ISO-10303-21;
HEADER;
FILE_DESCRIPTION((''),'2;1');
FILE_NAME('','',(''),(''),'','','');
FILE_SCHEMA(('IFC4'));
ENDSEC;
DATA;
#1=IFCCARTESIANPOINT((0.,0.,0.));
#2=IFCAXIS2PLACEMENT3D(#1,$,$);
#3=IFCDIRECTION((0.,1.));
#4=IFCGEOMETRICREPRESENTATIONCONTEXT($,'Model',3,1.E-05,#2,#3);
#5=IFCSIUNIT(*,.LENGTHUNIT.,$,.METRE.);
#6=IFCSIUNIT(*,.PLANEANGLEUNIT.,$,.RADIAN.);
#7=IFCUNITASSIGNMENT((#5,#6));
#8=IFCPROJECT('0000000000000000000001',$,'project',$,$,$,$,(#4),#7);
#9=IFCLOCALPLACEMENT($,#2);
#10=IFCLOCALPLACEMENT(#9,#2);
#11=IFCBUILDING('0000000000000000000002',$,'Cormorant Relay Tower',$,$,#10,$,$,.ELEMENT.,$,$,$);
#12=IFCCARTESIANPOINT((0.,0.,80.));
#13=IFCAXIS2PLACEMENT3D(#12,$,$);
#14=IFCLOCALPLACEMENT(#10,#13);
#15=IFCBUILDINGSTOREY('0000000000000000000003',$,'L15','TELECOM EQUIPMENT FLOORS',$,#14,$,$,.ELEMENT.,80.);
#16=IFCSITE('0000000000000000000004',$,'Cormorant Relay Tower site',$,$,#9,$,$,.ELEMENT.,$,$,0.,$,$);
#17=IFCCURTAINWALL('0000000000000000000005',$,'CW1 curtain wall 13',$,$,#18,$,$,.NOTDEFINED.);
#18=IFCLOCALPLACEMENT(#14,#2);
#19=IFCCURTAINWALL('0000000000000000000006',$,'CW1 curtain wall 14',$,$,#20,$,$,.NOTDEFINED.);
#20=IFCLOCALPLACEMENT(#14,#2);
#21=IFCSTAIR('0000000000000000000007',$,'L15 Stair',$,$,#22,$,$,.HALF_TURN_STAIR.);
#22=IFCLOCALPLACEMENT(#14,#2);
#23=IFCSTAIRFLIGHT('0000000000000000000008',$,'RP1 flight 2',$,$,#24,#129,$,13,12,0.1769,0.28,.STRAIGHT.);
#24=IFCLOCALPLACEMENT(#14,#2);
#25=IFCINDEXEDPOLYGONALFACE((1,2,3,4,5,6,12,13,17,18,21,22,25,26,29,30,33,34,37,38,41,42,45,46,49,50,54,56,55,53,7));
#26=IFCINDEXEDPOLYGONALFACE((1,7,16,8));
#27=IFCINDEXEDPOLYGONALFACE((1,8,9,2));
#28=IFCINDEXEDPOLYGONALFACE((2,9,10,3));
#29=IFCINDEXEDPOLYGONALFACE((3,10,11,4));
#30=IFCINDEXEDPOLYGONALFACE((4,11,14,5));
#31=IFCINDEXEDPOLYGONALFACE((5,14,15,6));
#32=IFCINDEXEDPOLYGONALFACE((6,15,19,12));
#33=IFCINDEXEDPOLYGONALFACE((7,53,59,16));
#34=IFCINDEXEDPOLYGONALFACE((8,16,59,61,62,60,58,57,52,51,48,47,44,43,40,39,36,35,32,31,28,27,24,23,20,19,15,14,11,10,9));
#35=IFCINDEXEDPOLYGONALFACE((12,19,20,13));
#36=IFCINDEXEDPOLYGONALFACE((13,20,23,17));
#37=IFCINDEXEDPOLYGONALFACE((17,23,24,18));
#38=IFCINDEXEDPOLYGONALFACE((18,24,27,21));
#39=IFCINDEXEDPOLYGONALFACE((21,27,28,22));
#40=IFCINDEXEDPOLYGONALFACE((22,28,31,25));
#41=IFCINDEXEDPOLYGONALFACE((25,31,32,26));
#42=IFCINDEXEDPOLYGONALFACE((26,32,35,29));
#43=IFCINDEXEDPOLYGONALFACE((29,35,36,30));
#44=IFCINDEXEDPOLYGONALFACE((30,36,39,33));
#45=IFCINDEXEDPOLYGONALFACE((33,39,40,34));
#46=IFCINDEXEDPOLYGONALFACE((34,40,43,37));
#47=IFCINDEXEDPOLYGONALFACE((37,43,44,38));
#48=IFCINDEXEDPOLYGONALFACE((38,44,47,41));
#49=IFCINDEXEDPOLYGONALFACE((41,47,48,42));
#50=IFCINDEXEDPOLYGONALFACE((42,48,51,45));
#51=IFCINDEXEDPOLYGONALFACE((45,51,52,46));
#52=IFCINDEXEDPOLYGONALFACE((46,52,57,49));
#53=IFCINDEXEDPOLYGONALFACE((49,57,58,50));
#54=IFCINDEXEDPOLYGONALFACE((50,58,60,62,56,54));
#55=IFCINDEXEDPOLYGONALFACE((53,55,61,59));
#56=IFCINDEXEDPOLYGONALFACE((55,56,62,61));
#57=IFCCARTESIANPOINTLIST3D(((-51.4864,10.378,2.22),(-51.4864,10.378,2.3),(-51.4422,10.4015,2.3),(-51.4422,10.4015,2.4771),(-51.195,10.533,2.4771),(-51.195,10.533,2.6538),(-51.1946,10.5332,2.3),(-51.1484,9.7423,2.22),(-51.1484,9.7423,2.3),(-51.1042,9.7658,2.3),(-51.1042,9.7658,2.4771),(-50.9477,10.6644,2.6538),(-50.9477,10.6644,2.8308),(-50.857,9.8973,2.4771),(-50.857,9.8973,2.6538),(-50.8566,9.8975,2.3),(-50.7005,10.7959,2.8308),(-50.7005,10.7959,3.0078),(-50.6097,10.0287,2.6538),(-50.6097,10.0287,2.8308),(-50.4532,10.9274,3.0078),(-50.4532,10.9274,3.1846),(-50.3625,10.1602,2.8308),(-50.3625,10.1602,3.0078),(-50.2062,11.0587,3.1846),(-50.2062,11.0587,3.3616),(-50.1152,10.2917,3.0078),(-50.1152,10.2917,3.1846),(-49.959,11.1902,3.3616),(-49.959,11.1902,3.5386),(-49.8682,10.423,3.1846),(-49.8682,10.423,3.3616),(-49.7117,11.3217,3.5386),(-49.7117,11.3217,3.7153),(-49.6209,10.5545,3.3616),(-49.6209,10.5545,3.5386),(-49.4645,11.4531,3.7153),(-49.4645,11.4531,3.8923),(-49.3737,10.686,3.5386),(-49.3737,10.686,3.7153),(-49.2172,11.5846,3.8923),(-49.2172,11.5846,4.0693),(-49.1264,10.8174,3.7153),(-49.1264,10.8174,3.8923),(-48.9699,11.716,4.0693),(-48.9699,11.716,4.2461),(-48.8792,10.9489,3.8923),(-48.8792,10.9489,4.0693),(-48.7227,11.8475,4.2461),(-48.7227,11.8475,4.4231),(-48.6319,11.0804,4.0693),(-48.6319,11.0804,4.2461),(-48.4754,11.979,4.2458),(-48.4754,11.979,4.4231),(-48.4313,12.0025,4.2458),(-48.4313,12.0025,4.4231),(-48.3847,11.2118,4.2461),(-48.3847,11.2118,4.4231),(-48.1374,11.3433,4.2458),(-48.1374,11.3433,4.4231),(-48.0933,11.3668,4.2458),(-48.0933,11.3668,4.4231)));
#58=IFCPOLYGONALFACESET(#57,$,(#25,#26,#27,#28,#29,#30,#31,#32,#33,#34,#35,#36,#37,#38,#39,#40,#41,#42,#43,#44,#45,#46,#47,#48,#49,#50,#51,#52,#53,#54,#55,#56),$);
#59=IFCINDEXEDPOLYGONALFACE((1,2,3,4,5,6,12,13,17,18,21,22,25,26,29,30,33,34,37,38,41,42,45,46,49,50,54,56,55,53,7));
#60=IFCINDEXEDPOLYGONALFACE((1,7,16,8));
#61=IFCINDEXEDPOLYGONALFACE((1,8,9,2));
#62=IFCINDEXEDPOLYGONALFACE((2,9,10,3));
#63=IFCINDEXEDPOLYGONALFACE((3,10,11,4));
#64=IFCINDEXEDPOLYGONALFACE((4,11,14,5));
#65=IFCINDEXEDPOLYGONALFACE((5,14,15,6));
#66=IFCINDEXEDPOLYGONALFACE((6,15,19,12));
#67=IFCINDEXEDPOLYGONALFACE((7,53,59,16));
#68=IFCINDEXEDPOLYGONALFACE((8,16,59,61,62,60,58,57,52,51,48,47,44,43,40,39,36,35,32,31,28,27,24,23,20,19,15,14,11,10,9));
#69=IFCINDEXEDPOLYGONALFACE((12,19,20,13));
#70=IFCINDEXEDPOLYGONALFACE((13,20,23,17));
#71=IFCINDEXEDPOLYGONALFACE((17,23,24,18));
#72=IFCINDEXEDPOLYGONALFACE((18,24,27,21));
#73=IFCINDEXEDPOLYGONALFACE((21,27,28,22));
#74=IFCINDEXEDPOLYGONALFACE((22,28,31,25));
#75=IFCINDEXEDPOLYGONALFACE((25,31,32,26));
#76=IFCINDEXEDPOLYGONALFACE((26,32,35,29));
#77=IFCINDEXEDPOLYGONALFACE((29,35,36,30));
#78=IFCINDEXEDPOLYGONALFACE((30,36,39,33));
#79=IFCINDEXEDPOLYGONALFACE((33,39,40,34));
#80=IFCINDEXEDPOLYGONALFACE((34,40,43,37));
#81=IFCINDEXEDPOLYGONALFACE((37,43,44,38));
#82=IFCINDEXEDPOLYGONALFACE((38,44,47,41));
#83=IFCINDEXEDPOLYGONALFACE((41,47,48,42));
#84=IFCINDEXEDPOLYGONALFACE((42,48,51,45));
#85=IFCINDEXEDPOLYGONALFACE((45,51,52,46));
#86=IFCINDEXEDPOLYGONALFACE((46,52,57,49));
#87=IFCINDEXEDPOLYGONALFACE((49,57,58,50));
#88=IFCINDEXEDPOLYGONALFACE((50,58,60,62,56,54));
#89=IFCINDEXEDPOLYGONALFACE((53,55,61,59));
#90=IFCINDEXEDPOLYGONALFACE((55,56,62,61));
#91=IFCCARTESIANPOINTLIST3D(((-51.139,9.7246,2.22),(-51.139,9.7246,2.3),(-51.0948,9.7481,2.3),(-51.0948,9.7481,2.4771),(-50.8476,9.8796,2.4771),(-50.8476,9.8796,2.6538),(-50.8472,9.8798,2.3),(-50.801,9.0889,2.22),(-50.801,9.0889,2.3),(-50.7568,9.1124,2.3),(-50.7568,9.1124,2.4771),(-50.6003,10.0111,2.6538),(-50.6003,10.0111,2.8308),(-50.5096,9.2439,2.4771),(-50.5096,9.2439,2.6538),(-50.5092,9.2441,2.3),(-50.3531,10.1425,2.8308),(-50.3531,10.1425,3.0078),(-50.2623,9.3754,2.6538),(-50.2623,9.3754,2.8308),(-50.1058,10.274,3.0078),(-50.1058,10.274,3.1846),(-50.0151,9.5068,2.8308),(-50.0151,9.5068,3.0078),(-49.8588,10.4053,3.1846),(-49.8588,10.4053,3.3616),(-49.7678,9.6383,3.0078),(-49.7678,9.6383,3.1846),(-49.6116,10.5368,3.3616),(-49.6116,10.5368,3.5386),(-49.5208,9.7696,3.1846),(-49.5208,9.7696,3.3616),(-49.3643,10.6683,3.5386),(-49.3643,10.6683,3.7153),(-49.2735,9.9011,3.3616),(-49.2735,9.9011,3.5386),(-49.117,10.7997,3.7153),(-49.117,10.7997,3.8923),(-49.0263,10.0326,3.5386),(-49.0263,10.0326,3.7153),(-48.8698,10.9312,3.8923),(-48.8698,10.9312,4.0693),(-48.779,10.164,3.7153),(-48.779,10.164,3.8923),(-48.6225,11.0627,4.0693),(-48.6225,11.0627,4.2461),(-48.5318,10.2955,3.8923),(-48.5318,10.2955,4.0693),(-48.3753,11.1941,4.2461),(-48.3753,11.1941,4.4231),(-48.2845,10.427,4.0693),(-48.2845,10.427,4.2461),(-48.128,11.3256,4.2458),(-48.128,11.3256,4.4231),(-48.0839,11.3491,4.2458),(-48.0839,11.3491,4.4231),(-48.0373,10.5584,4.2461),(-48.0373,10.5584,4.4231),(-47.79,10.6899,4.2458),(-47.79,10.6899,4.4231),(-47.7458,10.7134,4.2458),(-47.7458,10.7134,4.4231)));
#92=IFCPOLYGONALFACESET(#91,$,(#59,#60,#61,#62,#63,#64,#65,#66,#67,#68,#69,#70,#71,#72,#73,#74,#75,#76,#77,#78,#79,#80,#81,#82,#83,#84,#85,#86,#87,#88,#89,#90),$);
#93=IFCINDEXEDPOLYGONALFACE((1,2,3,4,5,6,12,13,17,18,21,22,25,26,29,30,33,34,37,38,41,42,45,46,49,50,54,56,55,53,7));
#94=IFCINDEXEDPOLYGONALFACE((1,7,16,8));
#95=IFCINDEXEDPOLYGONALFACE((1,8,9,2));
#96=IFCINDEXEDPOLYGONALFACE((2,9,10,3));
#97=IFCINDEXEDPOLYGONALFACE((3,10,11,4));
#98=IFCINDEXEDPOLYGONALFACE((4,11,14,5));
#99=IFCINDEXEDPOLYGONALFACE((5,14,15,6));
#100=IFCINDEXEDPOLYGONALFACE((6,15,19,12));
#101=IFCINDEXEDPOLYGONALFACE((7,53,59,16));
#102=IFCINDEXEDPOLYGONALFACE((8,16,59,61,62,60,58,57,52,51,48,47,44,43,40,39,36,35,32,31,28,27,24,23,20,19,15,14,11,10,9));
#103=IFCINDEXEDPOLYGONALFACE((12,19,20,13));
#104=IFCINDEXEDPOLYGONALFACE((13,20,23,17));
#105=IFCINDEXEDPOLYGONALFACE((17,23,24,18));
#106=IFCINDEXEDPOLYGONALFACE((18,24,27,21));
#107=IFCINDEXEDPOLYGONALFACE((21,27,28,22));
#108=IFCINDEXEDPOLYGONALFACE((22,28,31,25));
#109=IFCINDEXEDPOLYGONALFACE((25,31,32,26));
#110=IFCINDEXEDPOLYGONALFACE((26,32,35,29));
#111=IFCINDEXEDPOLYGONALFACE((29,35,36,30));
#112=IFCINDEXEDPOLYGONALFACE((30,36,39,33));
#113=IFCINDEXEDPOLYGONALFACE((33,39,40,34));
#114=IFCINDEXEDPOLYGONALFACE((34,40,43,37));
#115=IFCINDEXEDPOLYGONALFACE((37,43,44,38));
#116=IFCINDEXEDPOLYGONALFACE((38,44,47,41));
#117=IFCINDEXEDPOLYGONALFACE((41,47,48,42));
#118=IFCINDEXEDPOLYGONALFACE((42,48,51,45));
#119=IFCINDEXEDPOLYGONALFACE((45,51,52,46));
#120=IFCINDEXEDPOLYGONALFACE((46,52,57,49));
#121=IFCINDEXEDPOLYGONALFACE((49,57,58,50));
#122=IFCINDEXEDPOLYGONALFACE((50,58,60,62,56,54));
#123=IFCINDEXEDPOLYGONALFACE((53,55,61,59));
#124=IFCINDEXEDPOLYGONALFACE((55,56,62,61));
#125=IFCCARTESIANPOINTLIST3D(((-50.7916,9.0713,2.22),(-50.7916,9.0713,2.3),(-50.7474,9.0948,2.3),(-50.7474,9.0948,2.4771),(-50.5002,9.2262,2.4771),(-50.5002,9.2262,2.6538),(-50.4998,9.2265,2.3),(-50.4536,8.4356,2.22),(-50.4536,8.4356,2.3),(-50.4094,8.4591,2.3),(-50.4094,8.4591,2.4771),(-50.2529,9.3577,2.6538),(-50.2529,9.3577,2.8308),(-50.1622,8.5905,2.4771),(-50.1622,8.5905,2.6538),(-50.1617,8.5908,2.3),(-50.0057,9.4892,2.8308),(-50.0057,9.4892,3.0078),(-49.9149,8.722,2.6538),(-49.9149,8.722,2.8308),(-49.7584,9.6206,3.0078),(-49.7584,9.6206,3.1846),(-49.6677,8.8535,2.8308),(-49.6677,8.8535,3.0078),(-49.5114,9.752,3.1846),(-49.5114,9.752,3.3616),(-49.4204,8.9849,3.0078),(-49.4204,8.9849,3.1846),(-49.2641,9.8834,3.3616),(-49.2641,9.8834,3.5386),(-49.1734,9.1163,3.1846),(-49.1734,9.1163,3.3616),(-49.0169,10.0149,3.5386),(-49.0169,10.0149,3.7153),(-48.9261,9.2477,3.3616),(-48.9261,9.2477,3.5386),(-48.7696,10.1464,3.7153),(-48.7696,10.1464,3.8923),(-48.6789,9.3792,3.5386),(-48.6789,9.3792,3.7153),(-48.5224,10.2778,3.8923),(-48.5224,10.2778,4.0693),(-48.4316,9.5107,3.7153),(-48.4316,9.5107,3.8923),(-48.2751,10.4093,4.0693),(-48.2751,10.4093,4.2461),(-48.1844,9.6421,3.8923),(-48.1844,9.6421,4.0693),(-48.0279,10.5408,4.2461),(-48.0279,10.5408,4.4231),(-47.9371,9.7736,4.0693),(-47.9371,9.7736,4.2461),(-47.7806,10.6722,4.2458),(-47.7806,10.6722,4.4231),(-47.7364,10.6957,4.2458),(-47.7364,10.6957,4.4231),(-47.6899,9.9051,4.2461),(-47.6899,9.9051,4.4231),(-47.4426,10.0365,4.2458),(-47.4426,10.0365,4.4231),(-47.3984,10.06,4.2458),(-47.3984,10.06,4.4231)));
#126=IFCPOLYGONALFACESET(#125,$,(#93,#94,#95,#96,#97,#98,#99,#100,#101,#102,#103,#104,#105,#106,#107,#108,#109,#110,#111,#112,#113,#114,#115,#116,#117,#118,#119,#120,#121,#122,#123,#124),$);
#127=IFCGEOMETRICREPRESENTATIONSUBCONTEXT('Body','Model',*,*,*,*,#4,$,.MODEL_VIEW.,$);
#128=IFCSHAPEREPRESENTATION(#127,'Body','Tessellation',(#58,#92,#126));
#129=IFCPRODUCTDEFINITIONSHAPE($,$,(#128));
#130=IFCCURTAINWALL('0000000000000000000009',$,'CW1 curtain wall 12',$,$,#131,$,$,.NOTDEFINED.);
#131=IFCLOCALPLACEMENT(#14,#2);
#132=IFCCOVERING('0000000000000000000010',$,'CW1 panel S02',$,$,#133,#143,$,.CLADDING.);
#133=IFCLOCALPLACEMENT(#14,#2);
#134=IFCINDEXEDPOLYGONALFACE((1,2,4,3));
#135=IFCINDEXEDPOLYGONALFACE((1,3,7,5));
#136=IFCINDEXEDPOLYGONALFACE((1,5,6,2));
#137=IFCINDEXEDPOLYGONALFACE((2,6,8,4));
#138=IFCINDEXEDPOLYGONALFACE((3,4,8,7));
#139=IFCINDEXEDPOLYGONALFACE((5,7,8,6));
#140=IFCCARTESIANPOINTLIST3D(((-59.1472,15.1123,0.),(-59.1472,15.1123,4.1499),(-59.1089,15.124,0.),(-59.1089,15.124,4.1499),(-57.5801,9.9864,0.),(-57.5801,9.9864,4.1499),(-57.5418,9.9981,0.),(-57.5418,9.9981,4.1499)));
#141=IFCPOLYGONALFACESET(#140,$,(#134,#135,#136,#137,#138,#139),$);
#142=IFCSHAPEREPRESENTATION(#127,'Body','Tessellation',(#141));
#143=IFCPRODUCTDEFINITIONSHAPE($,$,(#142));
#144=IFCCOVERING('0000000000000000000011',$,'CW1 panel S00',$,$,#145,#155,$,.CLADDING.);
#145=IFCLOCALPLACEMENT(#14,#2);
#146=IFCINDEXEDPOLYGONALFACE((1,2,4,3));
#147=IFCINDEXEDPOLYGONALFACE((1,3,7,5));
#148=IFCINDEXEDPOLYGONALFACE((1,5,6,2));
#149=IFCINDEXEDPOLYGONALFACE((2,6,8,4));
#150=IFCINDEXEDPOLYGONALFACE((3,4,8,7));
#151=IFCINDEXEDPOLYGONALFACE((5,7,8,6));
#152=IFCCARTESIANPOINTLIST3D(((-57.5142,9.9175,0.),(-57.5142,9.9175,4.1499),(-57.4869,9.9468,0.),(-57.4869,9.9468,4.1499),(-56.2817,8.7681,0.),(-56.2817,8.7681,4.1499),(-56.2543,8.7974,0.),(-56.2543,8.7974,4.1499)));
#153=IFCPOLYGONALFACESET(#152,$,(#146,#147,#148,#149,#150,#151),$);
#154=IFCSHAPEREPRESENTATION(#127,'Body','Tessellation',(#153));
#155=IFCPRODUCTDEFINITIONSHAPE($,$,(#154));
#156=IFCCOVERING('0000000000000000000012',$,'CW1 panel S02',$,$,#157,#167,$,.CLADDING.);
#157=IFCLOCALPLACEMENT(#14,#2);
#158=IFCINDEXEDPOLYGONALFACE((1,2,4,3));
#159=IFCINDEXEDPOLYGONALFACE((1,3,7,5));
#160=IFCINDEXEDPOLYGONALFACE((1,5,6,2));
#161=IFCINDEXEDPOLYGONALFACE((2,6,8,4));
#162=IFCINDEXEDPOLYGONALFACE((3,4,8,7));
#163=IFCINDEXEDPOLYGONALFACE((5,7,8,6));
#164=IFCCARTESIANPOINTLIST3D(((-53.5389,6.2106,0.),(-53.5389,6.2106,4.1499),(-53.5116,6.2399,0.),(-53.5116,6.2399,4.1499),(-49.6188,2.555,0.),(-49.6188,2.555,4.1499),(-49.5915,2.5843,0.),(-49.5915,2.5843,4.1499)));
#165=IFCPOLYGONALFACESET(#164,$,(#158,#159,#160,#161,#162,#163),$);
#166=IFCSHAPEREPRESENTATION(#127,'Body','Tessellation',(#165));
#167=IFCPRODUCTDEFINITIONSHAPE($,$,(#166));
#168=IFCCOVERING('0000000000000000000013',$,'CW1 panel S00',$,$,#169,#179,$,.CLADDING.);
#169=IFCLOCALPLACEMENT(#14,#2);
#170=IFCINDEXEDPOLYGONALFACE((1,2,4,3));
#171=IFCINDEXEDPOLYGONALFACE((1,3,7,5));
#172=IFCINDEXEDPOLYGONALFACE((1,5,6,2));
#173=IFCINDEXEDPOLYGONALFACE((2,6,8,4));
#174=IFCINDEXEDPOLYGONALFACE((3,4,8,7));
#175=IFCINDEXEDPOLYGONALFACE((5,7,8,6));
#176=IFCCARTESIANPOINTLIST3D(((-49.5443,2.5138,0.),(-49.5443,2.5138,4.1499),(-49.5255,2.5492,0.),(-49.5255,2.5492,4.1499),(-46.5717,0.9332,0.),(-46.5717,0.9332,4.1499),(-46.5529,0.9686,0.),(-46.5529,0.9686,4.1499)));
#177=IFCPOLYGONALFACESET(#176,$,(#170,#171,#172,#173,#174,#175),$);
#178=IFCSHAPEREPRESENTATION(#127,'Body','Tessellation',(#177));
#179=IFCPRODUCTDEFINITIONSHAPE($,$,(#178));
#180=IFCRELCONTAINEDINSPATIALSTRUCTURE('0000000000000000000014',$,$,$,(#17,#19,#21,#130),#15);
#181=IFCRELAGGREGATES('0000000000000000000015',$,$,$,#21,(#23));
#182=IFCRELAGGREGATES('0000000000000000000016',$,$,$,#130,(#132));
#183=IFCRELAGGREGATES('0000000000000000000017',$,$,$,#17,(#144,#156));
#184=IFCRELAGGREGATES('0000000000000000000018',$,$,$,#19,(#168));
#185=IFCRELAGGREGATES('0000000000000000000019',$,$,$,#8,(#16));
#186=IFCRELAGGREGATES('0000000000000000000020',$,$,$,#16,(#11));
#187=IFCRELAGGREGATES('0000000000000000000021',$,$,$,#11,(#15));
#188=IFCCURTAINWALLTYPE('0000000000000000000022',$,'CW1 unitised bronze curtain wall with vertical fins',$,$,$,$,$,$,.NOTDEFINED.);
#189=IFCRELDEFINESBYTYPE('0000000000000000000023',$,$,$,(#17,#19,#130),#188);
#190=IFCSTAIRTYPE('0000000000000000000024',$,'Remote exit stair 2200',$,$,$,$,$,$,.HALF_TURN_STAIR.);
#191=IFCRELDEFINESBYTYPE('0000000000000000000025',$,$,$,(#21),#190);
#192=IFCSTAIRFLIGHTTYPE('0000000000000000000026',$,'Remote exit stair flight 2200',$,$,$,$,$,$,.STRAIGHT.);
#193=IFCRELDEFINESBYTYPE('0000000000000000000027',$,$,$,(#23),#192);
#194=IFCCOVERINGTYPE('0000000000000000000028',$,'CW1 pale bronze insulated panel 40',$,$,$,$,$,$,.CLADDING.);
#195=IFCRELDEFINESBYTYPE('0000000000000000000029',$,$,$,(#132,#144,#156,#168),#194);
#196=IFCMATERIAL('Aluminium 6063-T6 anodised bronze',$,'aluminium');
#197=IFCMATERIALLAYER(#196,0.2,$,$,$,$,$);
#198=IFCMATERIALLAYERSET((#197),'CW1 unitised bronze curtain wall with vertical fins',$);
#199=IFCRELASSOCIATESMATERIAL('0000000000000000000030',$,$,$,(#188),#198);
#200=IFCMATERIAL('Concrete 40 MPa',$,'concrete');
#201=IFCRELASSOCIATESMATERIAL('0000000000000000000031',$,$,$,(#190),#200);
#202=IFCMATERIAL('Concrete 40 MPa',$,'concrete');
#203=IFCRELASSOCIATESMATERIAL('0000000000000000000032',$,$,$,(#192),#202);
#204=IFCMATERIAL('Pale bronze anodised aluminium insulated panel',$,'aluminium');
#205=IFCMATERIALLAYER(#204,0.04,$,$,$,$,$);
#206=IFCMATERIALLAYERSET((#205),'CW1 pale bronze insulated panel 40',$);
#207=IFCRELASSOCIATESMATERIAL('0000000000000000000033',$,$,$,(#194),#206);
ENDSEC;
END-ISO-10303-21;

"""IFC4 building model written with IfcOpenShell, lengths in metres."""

from ifc_helpers import new_model, si_unit, direction, frame, origin, origin_2d, place, context, subcontext, project, spatial, polyline, rectangle, outline, extrude, material, layer, layer_set, type_object, element, aggregate, save


model = new_model("IFC4")

# Units and contexts
model_context = context("Model", 3, precision=1e-05, world=origin(), true_north=direction((0.0, 1.0)))
body_context = subcontext(model_context, "Body", "Model", "MODEL_VIEW")
ifc_project = project(units=[si_unit("LENGTHUNIT", "METRE"), si_unit("PLANEANGLEUNIT", "RADIAN")], contexts=[model_context])

# Site, building, storey
site_placement = place(None, origin())
site = spatial("IfcSite", under=ifc_project, at=site_placement, Name="Cormorant Relay Tower site", CompositionType="ELEMENT", RefElevation=0.0)
building_placement = place(site_placement, origin())
building = spatial("IfcBuilding", under=site, at=building_placement, Name="Cormorant Relay Tower", CompositionType="ELEMENT")
storey_placement = place(building_placement, frame((0.0, 0.0, 80.0)))
storey = spatial("IfcBuildingStorey", under=building, at=storey_placement, Name="L15", Description="TELECOM EQUIPMENT FLOORS", CompositionType="ELEMENT", Elevation=80.0)

# Curtain walls
ifc_material_1 = material(Name="Aluminium 6063-T6 anodised bronze", Category="aluminium")
ifc_layer_1 = layer(ifc_material_1, 0.2)
ifc_layer_set_1 = layer_set([ifc_layer_1], Name="CW1 unitised bronze curtain wall with vertical fins")
curtain_wall_type = type_object("IfcCurtainWallType", Name="CW1 unitised bronze curtain wall with vertical fins", PredefinedType="NOTDEFINED", material=ifc_layer_set_1)
curtain_wall_1_placement = place(storey_placement, origin())
curtain_wall_1 = element("IfcCurtainWall", 1, at=curtain_wall_1_placement, inside=storey, type_object=curtain_wall_type, Name="CW1 curtain wall 13", PredefinedType="NOTDEFINED")
curtain_wall_2_placement = place(storey_placement, origin())
curtain_wall_2 = element("IfcCurtainWall", 2, at=curtain_wall_2_placement, inside=storey, type_object=curtain_wall_type, Name="CW1 curtain wall 14", PredefinedType="NOTDEFINED")

# Stair, stair flight
ifc_material_2 = material(Name="Concrete 40 MPa", Category="concrete")
stair_type = type_object("IfcStairType", Name="Remote exit stair 2200", PredefinedType="HALF_TURN_STAIR", material=ifc_material_2)
stair_placement = place(storey_placement, origin())
stair = element("IfcStair", 3, at=stair_placement, inside=storey, type_object=stair_type, Name="L15 Stair", PredefinedType="HALF_TURN_STAIR")
ifc_material_3 = material(Name="Concrete 40 MPa", Category="concrete")
stair_flight_type = type_object("IfcStairFlightType", Name="Remote exit stair flight 2200", PredefinedType="STRAIGHT", material=ifc_material_3)
stair_flight_1_placement = place(storey_placement, frame((-50.9258, 9.4302, 2.3), z_axis=(0.0, 0.0, 1.0), x_axis=(0.882948, 0.469472, 0.0)))
stair_flight_1 = element("IfcStairFlight", 4, at=stair_flight_1_placement, type_object=stair_flight_type, Name="RP1 flight 2", NumberOfRisers=13, NumberOfTreads=12, PredefinedType="STRAIGHT", RiserHeight=0.1769, TreadLength=0.28, context=body_context, shape_type="SweptSolid", body=[
    extrude(outline(polyline([(-0.05, -0.0801), (-0.05, 0.0), (0.0, 0.0), (0.0, 0.177), (0.28, 0.177), (0.28, 0.3538), (0.5601, 0.3538), (0.5601, 0.5308), (0.8401, 0.5308), (0.8401, 0.7078), (1.1201, 0.7078), (1.1201, 0.8845), (1.3999, 0.8845), (1.3999, 1.0615), (1.6799, 1.0615), (1.6799, 1.2385), (1.96, 1.2385), (1.96, 1.4153), (2.24, 1.4153), (2.24, 1.5923), (2.52, 1.5923), (2.52, 1.7693), (2.8, 1.7693), (2.8, 1.946), (3.0801, 1.946), (3.0801, 2.123), (3.3601, 2.123), (3.4102, 2.123), (3.4102, 1.9458), (3.3601, 1.9458), (0.2805, 0.0), (-0.05, -0.0801)])), frame((0.0, 1.1001, 0.0), z_axis=(0.0, -1.0, 0.0), x_axis=(1.0, 0.0, 0.0)), (0.0, 0.0, 1.0), 0.72),
    extrude(outline(polyline([(-0.05, -0.0801), (-0.05, 0.0), (0.0, 0.0), (0.0, 0.177), (0.28, 0.177), (0.28, 0.3538), (0.5601, 0.3538), (0.5601, 0.5308), (0.8401, 0.5308), (0.8401, 0.7078), (1.1201, 0.7078), (1.1201, 0.8845), (1.3999, 0.8845), (1.3999, 1.0615), (1.6799, 1.0615), (1.6799, 1.2385), (1.96, 1.2385), (1.96, 1.4153), (2.24, 1.4153), (2.24, 1.5923), (2.52, 1.5923), (2.52, 1.7693), (2.8, 1.7693), (2.8, 1.946), (3.0801, 1.946), (3.0801, 2.123), (3.3601, 2.123), (3.4102, 2.123), (3.4102, 1.9458), (3.3601, 1.9458), (0.2805, 0.0), (-0.05, -0.0801)])), frame((0.0, 0.3601, 0.0), z_axis=(0.0, -1.0, 0.0), x_axis=(1.0, 0.0, 0.0)), (0.0, 0.0, 1.0), 0.72),
    extrude(outline(polyline([(-0.05, -0.0801), (-0.05, 0.0), (0.0, 0.0), (0.0, 0.177), (0.28, 0.177), (0.28, 0.3538), (0.5601, 0.3538), (0.5601, 0.5308), (0.8401, 0.5308), (0.8401, 0.7078), (1.1201, 0.7078), (1.1201, 0.8845), (1.3999, 0.8845), (1.3999, 1.0615), (1.6799, 1.0615), (1.6799, 1.2385), (1.96, 1.2385), (1.96, 1.4153), (2.24, 1.4153), (2.24, 1.5923), (2.52, 1.5923), (2.52, 1.7693), (2.8, 1.7693), (2.8, 1.946), (3.0801, 1.946), (3.0801, 2.123), (3.3601, 2.123), (3.4102, 2.123), (3.4102, 1.9458), (3.3601, 1.9458), (0.2805, 0.0), (-0.05, -0.0801)])), frame((0.0, -0.3799, 0.0), z_axis=(0.0, -1.0, 0.0), x_axis=(1.0, 0.0, 0.0)), (0.0, 0.0, 1.0), 0.72),
])
aggregate(stair, [stair_flight_1])

# Curtain wall, covering
curtain_wall_3_placement = place(storey_placement, origin())
curtain_wall_3 = element("IfcCurtainWall", 5, at=curtain_wall_3_placement, inside=storey, type_object=curtain_wall_type, Name="CW1 curtain wall 12", PredefinedType="NOTDEFINED")
ifc_material_4 = material(Name="Pale bronze anodised aluminium insulated panel", Category="aluminium")
ifc_layer_2 = layer(ifc_material_4, 0.04)
ifc_layer_set_2 = layer_set([ifc_layer_2], Name="CW1 pale bronze insulated panel 40")
covering_type = type_object("IfcCoveringType", Name="CW1 pale bronze insulated panel 40", PredefinedType="CLADDING", material=ifc_layer_set_2)
covering_1_placement = place(storey_placement, frame((-58.3445, 12.5552, 0.0), z_axis=(0.0, 0.0, 1.0), x_axis=(0.292372, -0.956305, 0.0)))
covering_1 = element("IfcCovering", 6, at=covering_1_placement, type_object=covering_type, Name="CW1 panel S02", PredefinedType="CLADDING", context=body_context, shape_type="SweptSolid", body=[
    extrude(rectangle(XDim=5.3601, YDim=0.04, at=origin_2d()), origin(), (0.0, 0.0, 1.0), 4.1499),
])
aggregate(curtain_wall_3, [covering_1])

# Coverings
covering_2_placement = place(storey_placement, frame((-56.8843, 9.3574, 0.0), z_axis=(0.0, 0.0, 1.0), x_axis=(0.731354, -0.681998, 0.0)))
covering_2 = element("IfcCovering", 7, at=covering_2_placement, type_object=covering_type, Name="CW1 panel S00", PredefinedType="CLADDING", context=body_context, shape_type="SweptSolid", body=[
    extrude(rectangle(XDim=1.6853, YDim=0.04, at=origin_2d()), origin(), (0.0, 0.0, 1.0), 4.1499),
])
covering_3_placement = place(storey_placement, frame((-51.5652, 4.3975, 0.0), z_axis=(0.0, 0.0, 1.0), x_axis=(0.731354, -0.681998, 0.0)))
covering_3 = element("IfcCovering", 8, at=covering_3_placement, type_object=covering_type, Name="CW1 panel S02", PredefinedType="CLADDING", context=body_context, shape_type="SweptSolid", body=[
    extrude(rectangle(XDim=5.3601, YDim=0.04, at=origin_2d()), origin(), (0.0, 0.0, 1.0), 4.1499),
])
aggregate(curtain_wall_1, [covering_2, covering_3])
covering_4_placement = place(storey_placement, frame((-48.0486, 1.7412, 0.0), z_axis=(0.0, 0.0, 1.0), x_axis=(0.882948, -0.469472, 0.0)))
covering_4 = element("IfcCovering", 9, at=covering_4_placement, type_object=covering_type, Name="CW1 panel S00", PredefinedType="CLADDING", context=body_context, shape_type="SweptSolid", body=[
    extrude(rectangle(XDim=3.3667, YDim=0.04, at=origin_2d()), origin(), (0.0, 0.0, 1.0), 4.1499),
])
aggregate(curtain_wall_2, [covering_4])

save(model, "model.ifc")
